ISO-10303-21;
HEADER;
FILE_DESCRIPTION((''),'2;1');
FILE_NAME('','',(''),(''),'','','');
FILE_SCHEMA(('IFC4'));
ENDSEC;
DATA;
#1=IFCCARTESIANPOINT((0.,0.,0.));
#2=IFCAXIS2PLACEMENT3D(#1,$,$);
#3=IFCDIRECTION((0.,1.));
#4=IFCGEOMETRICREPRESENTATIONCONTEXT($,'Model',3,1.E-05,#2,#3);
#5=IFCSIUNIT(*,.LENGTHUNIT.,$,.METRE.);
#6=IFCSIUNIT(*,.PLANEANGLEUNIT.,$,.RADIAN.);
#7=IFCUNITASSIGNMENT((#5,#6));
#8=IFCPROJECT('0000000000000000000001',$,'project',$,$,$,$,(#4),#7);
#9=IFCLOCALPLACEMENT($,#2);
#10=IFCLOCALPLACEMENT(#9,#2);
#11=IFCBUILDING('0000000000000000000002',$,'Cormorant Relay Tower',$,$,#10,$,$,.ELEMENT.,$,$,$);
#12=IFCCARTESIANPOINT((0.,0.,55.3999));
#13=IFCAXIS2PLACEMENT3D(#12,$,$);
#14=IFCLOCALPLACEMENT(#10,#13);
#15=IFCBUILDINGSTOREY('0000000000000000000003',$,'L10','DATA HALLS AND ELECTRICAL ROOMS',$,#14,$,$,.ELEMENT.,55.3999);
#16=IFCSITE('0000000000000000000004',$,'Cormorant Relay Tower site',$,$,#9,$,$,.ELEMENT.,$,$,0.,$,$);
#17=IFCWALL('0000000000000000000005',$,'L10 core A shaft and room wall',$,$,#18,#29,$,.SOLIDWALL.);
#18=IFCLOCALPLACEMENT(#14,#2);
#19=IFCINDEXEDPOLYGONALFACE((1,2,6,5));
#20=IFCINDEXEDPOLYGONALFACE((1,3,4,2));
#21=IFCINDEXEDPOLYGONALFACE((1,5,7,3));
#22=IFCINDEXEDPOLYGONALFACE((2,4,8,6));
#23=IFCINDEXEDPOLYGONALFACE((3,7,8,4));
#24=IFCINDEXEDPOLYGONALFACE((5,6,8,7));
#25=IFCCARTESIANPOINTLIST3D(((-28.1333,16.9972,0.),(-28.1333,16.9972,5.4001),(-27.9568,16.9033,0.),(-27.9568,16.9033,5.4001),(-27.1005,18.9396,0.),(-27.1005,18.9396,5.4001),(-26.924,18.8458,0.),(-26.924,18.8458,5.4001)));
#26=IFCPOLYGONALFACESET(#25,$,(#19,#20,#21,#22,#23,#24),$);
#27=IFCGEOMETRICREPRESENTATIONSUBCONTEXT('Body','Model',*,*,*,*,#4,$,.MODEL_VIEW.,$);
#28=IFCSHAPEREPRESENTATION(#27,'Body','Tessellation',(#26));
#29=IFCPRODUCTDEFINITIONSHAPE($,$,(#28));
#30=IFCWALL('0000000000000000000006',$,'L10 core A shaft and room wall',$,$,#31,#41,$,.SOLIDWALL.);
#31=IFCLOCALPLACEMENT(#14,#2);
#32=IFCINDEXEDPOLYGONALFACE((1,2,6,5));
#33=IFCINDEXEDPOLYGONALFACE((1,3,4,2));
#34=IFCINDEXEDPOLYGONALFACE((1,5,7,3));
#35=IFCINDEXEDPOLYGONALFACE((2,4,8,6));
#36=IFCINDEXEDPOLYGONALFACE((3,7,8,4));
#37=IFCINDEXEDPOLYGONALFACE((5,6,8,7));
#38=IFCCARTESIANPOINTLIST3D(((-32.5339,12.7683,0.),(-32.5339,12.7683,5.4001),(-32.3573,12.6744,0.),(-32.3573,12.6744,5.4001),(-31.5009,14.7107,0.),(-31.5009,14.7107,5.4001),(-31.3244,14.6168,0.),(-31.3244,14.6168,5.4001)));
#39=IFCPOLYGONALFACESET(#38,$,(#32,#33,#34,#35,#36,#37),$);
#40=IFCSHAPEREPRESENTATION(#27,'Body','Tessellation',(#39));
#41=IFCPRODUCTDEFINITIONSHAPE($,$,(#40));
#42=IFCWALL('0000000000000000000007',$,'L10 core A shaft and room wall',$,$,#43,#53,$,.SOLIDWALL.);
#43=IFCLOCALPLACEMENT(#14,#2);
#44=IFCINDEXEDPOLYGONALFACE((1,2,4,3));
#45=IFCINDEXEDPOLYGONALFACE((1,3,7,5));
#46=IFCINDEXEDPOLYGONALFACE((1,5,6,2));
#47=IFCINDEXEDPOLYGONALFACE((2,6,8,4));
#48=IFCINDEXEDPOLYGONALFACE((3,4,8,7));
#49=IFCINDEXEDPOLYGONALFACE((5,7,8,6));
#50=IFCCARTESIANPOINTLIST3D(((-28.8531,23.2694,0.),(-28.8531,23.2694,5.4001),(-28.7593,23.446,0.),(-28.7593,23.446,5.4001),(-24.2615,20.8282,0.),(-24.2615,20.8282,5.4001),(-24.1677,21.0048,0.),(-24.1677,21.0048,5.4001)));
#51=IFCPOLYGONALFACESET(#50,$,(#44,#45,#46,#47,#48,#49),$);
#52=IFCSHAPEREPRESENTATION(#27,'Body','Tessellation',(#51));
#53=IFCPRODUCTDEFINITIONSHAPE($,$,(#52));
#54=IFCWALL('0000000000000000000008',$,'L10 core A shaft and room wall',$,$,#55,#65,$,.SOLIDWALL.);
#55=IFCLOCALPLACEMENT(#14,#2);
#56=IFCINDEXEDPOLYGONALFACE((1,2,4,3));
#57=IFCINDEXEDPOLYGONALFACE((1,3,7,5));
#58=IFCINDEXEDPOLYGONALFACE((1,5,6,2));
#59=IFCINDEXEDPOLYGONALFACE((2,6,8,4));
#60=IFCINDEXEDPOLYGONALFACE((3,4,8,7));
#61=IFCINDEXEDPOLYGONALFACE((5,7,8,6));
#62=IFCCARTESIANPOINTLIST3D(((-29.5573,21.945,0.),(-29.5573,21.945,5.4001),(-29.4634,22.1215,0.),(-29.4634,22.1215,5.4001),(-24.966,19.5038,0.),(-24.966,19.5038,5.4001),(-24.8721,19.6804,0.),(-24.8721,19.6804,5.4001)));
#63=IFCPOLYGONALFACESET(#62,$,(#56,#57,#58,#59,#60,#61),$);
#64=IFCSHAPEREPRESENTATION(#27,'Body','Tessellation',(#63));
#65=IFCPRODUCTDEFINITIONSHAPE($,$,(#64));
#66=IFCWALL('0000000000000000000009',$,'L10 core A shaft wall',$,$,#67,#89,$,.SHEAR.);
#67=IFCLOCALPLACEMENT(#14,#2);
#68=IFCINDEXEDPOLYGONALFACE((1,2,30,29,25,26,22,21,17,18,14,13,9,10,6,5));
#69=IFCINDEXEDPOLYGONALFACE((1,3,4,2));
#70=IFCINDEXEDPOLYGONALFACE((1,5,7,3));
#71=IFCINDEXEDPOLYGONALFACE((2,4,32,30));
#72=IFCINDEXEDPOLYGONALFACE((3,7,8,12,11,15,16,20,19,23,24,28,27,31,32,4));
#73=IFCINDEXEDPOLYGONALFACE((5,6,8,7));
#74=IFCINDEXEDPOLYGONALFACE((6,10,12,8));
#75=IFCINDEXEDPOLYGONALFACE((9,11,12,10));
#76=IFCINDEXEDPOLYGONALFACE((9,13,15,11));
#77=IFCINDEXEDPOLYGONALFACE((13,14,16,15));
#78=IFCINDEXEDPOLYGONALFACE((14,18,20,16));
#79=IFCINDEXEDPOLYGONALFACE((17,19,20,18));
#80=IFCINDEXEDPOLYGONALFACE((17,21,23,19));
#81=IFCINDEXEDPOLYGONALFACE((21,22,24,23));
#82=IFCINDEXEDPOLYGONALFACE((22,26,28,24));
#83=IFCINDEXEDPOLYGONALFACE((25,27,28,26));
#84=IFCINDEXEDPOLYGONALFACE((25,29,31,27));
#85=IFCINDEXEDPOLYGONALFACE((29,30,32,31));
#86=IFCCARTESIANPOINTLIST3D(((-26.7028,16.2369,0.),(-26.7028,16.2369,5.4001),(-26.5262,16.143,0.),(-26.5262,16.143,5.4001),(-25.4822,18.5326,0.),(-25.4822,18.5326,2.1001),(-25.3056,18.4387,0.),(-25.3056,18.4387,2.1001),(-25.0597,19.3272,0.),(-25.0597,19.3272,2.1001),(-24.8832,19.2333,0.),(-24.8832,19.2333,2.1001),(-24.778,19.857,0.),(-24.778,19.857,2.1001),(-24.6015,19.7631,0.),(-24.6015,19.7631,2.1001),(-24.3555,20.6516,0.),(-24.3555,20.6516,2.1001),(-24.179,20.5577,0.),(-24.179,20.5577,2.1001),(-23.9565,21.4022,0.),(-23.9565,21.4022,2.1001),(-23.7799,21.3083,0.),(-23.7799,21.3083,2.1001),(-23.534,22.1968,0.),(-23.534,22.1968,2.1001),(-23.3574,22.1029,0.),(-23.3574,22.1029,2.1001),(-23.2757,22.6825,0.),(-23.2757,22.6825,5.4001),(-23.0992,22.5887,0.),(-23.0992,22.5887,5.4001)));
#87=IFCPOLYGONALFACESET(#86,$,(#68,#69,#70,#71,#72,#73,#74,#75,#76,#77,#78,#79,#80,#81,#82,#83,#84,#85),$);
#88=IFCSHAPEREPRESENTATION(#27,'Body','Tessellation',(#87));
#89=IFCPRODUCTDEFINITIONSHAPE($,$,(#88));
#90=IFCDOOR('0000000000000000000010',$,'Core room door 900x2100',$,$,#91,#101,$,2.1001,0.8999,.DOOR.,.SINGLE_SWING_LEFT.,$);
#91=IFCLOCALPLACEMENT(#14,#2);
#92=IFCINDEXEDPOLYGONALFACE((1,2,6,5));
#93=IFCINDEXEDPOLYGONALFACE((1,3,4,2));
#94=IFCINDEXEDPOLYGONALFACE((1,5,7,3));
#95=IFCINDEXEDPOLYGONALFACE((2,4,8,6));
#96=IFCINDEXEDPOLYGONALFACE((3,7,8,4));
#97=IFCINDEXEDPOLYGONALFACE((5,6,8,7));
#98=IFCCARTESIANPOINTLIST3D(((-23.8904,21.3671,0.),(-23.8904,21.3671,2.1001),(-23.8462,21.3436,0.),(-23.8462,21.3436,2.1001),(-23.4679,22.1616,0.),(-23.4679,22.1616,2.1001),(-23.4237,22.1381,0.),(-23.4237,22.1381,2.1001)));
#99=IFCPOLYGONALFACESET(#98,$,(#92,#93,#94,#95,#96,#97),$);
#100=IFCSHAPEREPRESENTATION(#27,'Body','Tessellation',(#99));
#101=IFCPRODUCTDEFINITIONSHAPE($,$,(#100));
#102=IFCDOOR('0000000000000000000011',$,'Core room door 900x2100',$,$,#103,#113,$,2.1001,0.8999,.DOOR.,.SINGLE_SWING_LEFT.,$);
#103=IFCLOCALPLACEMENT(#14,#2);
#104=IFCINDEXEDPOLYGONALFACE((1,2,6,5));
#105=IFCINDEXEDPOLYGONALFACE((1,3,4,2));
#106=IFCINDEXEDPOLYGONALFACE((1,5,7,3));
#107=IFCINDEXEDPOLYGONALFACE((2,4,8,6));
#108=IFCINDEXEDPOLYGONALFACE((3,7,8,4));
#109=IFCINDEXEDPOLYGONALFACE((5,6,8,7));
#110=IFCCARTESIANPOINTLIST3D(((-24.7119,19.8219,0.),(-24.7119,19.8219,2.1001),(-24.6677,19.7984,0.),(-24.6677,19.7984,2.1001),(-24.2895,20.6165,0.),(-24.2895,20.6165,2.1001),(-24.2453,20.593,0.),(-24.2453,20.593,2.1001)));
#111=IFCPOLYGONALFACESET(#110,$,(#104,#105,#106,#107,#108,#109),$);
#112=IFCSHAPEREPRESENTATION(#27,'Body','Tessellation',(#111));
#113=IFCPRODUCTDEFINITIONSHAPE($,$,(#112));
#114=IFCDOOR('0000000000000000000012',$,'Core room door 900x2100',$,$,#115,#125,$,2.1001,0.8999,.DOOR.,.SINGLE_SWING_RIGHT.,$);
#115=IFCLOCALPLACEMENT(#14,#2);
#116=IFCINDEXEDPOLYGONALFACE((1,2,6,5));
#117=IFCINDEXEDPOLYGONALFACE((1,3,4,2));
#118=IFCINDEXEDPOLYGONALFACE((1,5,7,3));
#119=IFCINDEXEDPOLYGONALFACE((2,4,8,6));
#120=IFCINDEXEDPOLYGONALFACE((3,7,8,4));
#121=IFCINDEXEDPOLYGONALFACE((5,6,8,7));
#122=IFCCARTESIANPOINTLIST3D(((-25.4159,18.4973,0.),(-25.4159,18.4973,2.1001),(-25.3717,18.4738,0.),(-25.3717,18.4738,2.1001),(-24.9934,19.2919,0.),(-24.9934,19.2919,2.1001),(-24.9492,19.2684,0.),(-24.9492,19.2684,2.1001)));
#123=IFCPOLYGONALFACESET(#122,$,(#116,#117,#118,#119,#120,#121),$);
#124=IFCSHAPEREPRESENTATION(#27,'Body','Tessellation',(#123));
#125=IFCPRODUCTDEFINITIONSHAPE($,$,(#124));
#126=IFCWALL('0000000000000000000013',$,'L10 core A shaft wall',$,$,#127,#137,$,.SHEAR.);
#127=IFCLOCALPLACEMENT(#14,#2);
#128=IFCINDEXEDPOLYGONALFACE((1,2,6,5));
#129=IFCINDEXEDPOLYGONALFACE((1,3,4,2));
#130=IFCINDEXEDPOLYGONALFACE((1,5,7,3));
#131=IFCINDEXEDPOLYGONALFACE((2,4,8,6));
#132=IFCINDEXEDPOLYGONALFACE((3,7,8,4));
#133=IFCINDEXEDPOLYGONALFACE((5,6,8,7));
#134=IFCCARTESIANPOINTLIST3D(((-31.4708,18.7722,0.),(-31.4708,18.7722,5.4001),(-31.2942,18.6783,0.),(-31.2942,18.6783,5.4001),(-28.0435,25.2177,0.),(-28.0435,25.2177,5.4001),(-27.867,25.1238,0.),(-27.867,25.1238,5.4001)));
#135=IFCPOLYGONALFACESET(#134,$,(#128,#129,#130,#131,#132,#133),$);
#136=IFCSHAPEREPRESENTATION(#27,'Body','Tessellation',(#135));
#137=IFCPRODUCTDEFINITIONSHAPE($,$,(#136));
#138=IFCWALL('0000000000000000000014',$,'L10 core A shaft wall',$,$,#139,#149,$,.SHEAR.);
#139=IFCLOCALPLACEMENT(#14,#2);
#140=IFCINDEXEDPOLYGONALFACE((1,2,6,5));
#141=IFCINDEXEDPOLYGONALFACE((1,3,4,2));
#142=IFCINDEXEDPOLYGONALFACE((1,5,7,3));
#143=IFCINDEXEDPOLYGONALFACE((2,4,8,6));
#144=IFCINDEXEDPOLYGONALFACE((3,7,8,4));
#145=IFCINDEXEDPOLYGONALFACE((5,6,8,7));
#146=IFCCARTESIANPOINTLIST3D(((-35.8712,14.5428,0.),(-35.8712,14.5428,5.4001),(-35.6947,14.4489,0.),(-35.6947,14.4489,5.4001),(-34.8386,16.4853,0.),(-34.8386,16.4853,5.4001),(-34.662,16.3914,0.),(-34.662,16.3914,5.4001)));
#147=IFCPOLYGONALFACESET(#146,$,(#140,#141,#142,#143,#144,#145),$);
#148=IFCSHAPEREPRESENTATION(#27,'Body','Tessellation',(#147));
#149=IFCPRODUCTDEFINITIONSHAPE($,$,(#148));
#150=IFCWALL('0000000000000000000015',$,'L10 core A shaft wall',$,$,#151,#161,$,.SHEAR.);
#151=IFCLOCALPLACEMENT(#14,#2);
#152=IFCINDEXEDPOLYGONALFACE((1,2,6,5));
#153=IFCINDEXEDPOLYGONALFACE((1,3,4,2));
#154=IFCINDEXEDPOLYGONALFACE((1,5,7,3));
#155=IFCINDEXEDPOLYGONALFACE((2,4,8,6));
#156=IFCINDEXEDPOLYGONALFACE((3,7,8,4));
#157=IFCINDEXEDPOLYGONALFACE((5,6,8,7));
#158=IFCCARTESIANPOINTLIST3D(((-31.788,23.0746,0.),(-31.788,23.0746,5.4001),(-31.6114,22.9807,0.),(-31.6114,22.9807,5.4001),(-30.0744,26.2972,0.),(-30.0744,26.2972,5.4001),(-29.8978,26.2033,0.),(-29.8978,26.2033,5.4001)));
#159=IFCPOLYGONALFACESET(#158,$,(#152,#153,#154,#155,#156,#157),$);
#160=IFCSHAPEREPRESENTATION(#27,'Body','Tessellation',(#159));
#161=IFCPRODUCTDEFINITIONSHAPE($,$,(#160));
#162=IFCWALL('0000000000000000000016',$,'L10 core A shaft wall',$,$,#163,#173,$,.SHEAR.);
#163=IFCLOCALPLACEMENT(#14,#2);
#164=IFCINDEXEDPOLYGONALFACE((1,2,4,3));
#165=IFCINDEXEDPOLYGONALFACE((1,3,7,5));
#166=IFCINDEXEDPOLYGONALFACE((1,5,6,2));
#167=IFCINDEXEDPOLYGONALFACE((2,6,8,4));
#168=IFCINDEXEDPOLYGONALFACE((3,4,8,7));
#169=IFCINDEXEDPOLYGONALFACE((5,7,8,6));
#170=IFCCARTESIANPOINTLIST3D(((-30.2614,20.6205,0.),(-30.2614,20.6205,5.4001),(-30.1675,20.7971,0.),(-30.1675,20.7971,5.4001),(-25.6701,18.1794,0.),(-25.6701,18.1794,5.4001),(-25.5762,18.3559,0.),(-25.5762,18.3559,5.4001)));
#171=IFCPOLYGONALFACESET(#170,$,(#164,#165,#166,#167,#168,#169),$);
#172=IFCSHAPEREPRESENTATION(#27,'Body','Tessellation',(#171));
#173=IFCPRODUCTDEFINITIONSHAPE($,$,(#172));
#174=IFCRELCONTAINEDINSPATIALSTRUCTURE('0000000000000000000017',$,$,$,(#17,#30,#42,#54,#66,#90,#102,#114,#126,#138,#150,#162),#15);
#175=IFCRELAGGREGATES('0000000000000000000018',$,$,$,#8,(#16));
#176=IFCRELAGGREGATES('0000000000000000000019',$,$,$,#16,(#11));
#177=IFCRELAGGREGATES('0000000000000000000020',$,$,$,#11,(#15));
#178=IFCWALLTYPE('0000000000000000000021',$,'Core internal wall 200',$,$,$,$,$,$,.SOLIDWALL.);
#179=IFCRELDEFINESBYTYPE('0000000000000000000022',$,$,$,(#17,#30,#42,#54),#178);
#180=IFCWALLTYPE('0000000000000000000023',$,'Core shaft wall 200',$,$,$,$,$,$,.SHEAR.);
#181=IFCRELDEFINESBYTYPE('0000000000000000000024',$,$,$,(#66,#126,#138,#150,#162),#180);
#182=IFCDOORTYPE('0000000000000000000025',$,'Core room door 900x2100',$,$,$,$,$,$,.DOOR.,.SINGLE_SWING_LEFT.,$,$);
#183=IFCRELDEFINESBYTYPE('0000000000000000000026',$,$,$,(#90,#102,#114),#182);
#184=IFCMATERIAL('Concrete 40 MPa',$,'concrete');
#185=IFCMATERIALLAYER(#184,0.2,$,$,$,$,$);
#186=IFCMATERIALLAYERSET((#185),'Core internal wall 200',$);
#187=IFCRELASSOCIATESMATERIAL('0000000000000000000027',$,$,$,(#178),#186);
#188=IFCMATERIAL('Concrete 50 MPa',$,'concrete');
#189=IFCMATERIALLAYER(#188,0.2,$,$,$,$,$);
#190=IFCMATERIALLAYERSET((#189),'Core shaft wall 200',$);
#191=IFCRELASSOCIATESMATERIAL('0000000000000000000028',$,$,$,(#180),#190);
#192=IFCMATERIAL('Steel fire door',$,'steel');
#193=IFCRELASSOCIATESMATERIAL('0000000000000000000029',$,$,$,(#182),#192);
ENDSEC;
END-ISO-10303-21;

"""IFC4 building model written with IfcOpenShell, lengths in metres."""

from ifc_helpers import new_model, si_unit, direction, frame, frame_2d, origin, place, context, subcontext, project, spatial, rectangle, extrude, material, layer, layer_set, type_object, element, fill, save


model = new_model("IFC4")

# Units and contexts
model_context = context("Model", 3, precision=1e-05, world=origin(), true_north=direction((0.0, 1.0)))
body_context = subcontext(model_context, "Body", "Model", "MODEL_VIEW")
ifc_project = project(units=[si_unit("LENGTHUNIT", "METRE"), si_unit("PLANEANGLEUNIT", "RADIAN")], contexts=[model_context])

# Site, building, storey
site_placement = place(None, origin())
site = spatial("IfcSite", under=ifc_project, at=site_placement, Name="Cormorant Relay Tower site", CompositionType="ELEMENT", RefElevation=0.0)
building_placement = place(site_placement, origin())
building = spatial("IfcBuilding", under=site, at=building_placement, Name="Cormorant Relay Tower", CompositionType="ELEMENT")
storey_placement = place(building_placement, frame((0.0, 0.0, 55.3999)))
storey = spatial("IfcBuildingStorey", under=building, at=storey_placement, Name="L10", Description="DATA HALLS AND ELECTRICAL ROOMS", CompositionType="ELEMENT", Elevation=55.3999)

# Walls
ifc_material_1 = material(Name="Concrete 40 MPa", Category="concrete")
ifc_layer_1 = layer(ifc_material_1, 0.2)
ifc_layer_set_1 = layer_set([ifc_layer_1], Name="Core internal wall 200")
wall_type_1 = type_object("IfcWallType", Name="Core internal wall 200", PredefinedType="SOLIDWALL", material=ifc_layer_set_1)
for number, where, z_axis, x_axis, name in (
    (1, (-27.0122, 18.8928, 0.0), (0.0, 0.0, 1.0), (-0.469447, -0.88296, 0.0), "L10 core A shaft and room wall"),
    (2, (-31.4126, 14.6638, 0.0), (0.0, 0.0, 1.0), (-0.469534, -0.882914, 0.0), "L10 core A shaft and room wall"),
):
    element("IfcWall", number, at=place(storey_placement, frame(where, z_axis=z_axis, x_axis=x_axis)), inside=storey, type_object=wall_type_1, Name=name, PredefinedType="SOLIDWALL", context=body_context, shape_type="SweptSolid", body=[
        extrude(rectangle(XDim=2.2, YDim=0.2, at=frame_2d((1.1001, 0.0))), origin(), (0.0, 0.0, 1.0), 5.4001),
    ])
wall_1_placement = place(storey_placement, frame((-24.2146, 20.9165, 0.0), z_axis=(0.0, 0.0, 1.0), x_axis=(-0.882964, 0.46944, 0.0)))
element("IfcWall", 3, at=wall_1_placement, inside=storey, type_object=wall_type_1, Name="L10 core A shaft and room wall", PredefinedType="SOLIDWALL", context=body_context, shape_type="SweptSolid", body=[
    extrude(rectangle(XDim=5.2002, YDim=0.2, at=frame_2d((2.6001, 0.0))), origin(), (0.0, 0.0, 1.0), 5.4001),
])
wall_2_placement = place(storey_placement, frame((-24.9189, 19.592, 0.0), z_axis=(0.0, 0.0, 1.0), x_axis=(-0.882954, 0.46946, 0.0)))
element("IfcWall", 4, at=wall_2_placement, inside=storey, type_object=wall_type_1, Name="L10 core A shaft and room wall", PredefinedType="SOLIDWALL", context=body_context, shape_type="SweptSolid", body=[
    extrude(rectangle(XDim=5.2, YDim=0.2, at=frame_2d((2.6001, 0.0))), origin(), (0.0, 0.0, 1.0), 5.4001),
])

# Wall, openings, doors
ifc_material_2 = material(Name="Concrete 50 MPa", Category="concrete")
ifc_layer_2 = layer(ifc_material_2, 0.2)
ifc_layer_set_2 = layer_set([ifc_layer_2], Name="Core shaft wall 200")
wall_type_2 = type_object("IfcWallType", Name="Core shaft wall 200", PredefinedType="SHEAR", material=ifc_layer_set_2)
wall_3_placement = place(storey_placement, frame((-23.1875, 22.6355, 0.0), z_axis=(0.0, 0.0, 1.0), x_axis=(-0.469454, -0.882957, 0.0)))
wall_3 = element("IfcWall", 5, at=wall_3_placement, inside=storey, type_object=wall_type_2, Name="L10 core A shaft wall", PredefinedType="SHEAR", context=body_context, shape_type="SweptSolid", body=[
    extrude(rectangle(XDim=7.3, YDim=0.2, at=frame_2d((3.6499, 0.0))), origin(), (0.0, 0.0, 1.0), 5.4001),
])
opening_1_placement = place(wall_3_placement, frame((0.55, 0.0, 0.0)))
opening_1 = element("IfcOpeningElement", 6, at=opening_1_placement, cuts=wall_3, PredefinedType="OPENING", context=body_context, shape_type="SweptSolid", body=[
    extrude(rectangle(XDim=0.8999, YDim=2.1001, at=frame_2d((0.45, 1.05))), frame((0.0, 0.1099, 0.0), z_axis=(0.0, -1.0, 0.0), x_axis=(1.0, 0.0, 0.0)), (0.0, 0.0, 1.0), 0.22),
])
opening_2_placement = place(wall_3_placement, frame((2.3, 0.0, 0.0)))
opening_2 = element("IfcOpeningElement", 7, at=opening_2_placement, cuts=wall_3, PredefinedType="OPENING", context=body_context, shape_type="SweptSolid", body=[
    extrude(rectangle(XDim=0.8999, YDim=2.1001, at=frame_2d((0.45, 1.05))), frame((0.0, 0.1099, 0.0), z_axis=(0.0, -1.0, 0.0), x_axis=(1.0, 0.0, 0.0)), (0.0, 0.0, 1.0), 0.22),
])
opening_3_placement = place(wall_3_placement, frame((3.8, 0.0, 0.0)))
opening_3 = element("IfcOpeningElement", 8, at=opening_3_placement, cuts=wall_3, PredefinedType="OPENING", context=body_context, shape_type="SweptSolid", body=[
    extrude(rectangle(XDim=0.8999, YDim=2.1001, at=frame_2d((0.45, 1.05))), frame((0.0, 0.1099, 0.0), z_axis=(0.0, -1.0, 0.0), x_axis=(1.0, 0.0, 0.0)), (0.0, 0.0, 1.0), 0.22),
])
ifc_material_3 = material(Name="Steel fire door", Category="steel")
door_type_1 = type_object("IfcDoorType", Name="Core room door 900x2100", OperationType="SINGLE_SWING_LEFT", PredefinedType="DOOR", material=ifc_material_3)
door_1_placement = place(opening_1_placement, origin())
door_1 = element("IfcDoor", 9, at=door_1_placement, inside=storey, type_object=door_type_1, Name="Core room door 900x2100", OperationType="SINGLE_SWING_LEFT", OverallHeight=2.1001, OverallWidth=0.8999, PredefinedType="DOOR", context=body_context, shape_type="SweptSolid", body=[
    extrude(rectangle(XDim=0.8999, YDim=2.1001, at=frame_2d((0.45, 1.05))), frame((0.0, 0.0249, 0.0), z_axis=(0.0, -1.0, 0.0), x_axis=(1.0, 0.0, 0.0)), (0.0, 0.0, 1.0), 0.05),
])
fill(opening_1, door_1)
door_2_placement = place(opening_2_placement, origin())
door_2 = element("IfcDoor", 10, at=door_2_placement, inside=storey, type_object=door_type_1, Name="Core room door 900x2100", OperationType="SINGLE_SWING_LEFT", OverallHeight=2.1001, OverallWidth=0.8999, PredefinedType="DOOR", context=body_context, shape_type="SweptSolid", body=[
    extrude(rectangle(XDim=0.8999, YDim=2.1001, at=frame_2d((0.45, 1.05))), frame((0.0, 0.0249, 0.0), z_axis=(0.0, -1.0, 0.0), x_axis=(1.0, 0.0, 0.0)), (0.0, 0.0, 1.0), 0.05),
])
fill(opening_2, door_2)
door_3_placement = place(opening_3_placement, frame((0.8999, 0.0, 0.0), z_axis=(0.0, 0.0, 1.0), x_axis=(-1.0, 0.0, 0.0)))
door_3 = element("IfcDoor", 11, at=door_3_placement, inside=storey, type_object=door_type_1, Name="Core room door 900x2100", OperationType="SINGLE_SWING_RIGHT", OverallHeight=2.1001, OverallWidth=0.8999, PredefinedType="DOOR", context=body_context, shape_type="SweptSolid", body=[
    extrude(rectangle(XDim=0.8999, YDim=2.1001, at=frame_2d((0.45, 1.05))), frame((0.0, 0.0249, 0.0), z_axis=(0.0, -1.0, 0.0), x_axis=(1.0, 0.0, 0.0)), (0.0, 0.0, 1.0), 0.05),
])
fill(opening_3, door_3)

# Walls
wall_4_placement = place(storey_placement, frame((-27.9553, 25.1707, 0.0), z_axis=(0.0, 0.0, 1.0), x_axis=(-0.46948, -0.882943, 0.0)))
element("IfcWall", 12, at=wall_4_placement, inside=storey, type_object=wall_type_2, Name="L10 core A shaft wall", PredefinedType="SHEAR", context=body_context, shape_type="SweptSolid", body=[
    extrude(rectangle(XDim=7.3, YDim=0.2, at=frame_2d((3.6499, 0.0))), origin(), (0.0, 0.0, 1.0), 5.4001),
])
wall_5_placement = place(storey_placement, frame((-34.7502, 16.4385, 0.0), z_axis=(0.0, 0.0, 1.0), x_axis=(-0.469401, -0.882985, 0.0)))
element("IfcWall", 13, at=wall_5_placement, inside=storey, type_object=wall_type_2, Name="L10 core A shaft wall", PredefinedType="SHEAR", context=body_context, shape_type="SweptSolid", body=[
    extrude(rectangle(XDim=2.2, YDim=0.2, at=frame_2d((1.1001, 0.0))), origin(), (0.0, 0.0, 1.0), 5.4001),
])
wall_6_placement = place(storey_placement, frame((-29.9861, 26.2502, 0.0), z_axis=(0.0, 0.0, 1.0), x_axis=(-0.469494, -0.882936, 0.0)))
element("IfcWall", 14, at=wall_6_placement, inside=storey, type_object=wall_type_2, Name="L10 core A shaft wall", PredefinedType="SHEAR", context=body_context, shape_type="SweptSolid", body=[
    extrude(rectangle(XDim=3.6499, YDim=0.2, at=frame_2d((1.825, 0.0))), origin(), (0.0, 0.0, 1.0), 5.4001),
])

# Wall
wall_7_placement = place(storey_placement, frame((-25.623, 18.2676, 0.0), z_axis=(0.0, 0.0, 1.0), x_axis=(-0.882954, 0.46946, 0.0)))
element("IfcWall", 15, at=wall_7_placement, inside=storey, type_object=wall_type_2, Name="L10 core A shaft wall", PredefinedType="SHEAR", context=body_context, shape_type="SweptSolid", body=[
    extrude(rectangle(XDim=5.2, YDim=0.2, at=frame_2d((2.6001, 0.0))), origin(), (0.0, 0.0, 1.0), 5.4001),
])

save(model, "model.ifc")
